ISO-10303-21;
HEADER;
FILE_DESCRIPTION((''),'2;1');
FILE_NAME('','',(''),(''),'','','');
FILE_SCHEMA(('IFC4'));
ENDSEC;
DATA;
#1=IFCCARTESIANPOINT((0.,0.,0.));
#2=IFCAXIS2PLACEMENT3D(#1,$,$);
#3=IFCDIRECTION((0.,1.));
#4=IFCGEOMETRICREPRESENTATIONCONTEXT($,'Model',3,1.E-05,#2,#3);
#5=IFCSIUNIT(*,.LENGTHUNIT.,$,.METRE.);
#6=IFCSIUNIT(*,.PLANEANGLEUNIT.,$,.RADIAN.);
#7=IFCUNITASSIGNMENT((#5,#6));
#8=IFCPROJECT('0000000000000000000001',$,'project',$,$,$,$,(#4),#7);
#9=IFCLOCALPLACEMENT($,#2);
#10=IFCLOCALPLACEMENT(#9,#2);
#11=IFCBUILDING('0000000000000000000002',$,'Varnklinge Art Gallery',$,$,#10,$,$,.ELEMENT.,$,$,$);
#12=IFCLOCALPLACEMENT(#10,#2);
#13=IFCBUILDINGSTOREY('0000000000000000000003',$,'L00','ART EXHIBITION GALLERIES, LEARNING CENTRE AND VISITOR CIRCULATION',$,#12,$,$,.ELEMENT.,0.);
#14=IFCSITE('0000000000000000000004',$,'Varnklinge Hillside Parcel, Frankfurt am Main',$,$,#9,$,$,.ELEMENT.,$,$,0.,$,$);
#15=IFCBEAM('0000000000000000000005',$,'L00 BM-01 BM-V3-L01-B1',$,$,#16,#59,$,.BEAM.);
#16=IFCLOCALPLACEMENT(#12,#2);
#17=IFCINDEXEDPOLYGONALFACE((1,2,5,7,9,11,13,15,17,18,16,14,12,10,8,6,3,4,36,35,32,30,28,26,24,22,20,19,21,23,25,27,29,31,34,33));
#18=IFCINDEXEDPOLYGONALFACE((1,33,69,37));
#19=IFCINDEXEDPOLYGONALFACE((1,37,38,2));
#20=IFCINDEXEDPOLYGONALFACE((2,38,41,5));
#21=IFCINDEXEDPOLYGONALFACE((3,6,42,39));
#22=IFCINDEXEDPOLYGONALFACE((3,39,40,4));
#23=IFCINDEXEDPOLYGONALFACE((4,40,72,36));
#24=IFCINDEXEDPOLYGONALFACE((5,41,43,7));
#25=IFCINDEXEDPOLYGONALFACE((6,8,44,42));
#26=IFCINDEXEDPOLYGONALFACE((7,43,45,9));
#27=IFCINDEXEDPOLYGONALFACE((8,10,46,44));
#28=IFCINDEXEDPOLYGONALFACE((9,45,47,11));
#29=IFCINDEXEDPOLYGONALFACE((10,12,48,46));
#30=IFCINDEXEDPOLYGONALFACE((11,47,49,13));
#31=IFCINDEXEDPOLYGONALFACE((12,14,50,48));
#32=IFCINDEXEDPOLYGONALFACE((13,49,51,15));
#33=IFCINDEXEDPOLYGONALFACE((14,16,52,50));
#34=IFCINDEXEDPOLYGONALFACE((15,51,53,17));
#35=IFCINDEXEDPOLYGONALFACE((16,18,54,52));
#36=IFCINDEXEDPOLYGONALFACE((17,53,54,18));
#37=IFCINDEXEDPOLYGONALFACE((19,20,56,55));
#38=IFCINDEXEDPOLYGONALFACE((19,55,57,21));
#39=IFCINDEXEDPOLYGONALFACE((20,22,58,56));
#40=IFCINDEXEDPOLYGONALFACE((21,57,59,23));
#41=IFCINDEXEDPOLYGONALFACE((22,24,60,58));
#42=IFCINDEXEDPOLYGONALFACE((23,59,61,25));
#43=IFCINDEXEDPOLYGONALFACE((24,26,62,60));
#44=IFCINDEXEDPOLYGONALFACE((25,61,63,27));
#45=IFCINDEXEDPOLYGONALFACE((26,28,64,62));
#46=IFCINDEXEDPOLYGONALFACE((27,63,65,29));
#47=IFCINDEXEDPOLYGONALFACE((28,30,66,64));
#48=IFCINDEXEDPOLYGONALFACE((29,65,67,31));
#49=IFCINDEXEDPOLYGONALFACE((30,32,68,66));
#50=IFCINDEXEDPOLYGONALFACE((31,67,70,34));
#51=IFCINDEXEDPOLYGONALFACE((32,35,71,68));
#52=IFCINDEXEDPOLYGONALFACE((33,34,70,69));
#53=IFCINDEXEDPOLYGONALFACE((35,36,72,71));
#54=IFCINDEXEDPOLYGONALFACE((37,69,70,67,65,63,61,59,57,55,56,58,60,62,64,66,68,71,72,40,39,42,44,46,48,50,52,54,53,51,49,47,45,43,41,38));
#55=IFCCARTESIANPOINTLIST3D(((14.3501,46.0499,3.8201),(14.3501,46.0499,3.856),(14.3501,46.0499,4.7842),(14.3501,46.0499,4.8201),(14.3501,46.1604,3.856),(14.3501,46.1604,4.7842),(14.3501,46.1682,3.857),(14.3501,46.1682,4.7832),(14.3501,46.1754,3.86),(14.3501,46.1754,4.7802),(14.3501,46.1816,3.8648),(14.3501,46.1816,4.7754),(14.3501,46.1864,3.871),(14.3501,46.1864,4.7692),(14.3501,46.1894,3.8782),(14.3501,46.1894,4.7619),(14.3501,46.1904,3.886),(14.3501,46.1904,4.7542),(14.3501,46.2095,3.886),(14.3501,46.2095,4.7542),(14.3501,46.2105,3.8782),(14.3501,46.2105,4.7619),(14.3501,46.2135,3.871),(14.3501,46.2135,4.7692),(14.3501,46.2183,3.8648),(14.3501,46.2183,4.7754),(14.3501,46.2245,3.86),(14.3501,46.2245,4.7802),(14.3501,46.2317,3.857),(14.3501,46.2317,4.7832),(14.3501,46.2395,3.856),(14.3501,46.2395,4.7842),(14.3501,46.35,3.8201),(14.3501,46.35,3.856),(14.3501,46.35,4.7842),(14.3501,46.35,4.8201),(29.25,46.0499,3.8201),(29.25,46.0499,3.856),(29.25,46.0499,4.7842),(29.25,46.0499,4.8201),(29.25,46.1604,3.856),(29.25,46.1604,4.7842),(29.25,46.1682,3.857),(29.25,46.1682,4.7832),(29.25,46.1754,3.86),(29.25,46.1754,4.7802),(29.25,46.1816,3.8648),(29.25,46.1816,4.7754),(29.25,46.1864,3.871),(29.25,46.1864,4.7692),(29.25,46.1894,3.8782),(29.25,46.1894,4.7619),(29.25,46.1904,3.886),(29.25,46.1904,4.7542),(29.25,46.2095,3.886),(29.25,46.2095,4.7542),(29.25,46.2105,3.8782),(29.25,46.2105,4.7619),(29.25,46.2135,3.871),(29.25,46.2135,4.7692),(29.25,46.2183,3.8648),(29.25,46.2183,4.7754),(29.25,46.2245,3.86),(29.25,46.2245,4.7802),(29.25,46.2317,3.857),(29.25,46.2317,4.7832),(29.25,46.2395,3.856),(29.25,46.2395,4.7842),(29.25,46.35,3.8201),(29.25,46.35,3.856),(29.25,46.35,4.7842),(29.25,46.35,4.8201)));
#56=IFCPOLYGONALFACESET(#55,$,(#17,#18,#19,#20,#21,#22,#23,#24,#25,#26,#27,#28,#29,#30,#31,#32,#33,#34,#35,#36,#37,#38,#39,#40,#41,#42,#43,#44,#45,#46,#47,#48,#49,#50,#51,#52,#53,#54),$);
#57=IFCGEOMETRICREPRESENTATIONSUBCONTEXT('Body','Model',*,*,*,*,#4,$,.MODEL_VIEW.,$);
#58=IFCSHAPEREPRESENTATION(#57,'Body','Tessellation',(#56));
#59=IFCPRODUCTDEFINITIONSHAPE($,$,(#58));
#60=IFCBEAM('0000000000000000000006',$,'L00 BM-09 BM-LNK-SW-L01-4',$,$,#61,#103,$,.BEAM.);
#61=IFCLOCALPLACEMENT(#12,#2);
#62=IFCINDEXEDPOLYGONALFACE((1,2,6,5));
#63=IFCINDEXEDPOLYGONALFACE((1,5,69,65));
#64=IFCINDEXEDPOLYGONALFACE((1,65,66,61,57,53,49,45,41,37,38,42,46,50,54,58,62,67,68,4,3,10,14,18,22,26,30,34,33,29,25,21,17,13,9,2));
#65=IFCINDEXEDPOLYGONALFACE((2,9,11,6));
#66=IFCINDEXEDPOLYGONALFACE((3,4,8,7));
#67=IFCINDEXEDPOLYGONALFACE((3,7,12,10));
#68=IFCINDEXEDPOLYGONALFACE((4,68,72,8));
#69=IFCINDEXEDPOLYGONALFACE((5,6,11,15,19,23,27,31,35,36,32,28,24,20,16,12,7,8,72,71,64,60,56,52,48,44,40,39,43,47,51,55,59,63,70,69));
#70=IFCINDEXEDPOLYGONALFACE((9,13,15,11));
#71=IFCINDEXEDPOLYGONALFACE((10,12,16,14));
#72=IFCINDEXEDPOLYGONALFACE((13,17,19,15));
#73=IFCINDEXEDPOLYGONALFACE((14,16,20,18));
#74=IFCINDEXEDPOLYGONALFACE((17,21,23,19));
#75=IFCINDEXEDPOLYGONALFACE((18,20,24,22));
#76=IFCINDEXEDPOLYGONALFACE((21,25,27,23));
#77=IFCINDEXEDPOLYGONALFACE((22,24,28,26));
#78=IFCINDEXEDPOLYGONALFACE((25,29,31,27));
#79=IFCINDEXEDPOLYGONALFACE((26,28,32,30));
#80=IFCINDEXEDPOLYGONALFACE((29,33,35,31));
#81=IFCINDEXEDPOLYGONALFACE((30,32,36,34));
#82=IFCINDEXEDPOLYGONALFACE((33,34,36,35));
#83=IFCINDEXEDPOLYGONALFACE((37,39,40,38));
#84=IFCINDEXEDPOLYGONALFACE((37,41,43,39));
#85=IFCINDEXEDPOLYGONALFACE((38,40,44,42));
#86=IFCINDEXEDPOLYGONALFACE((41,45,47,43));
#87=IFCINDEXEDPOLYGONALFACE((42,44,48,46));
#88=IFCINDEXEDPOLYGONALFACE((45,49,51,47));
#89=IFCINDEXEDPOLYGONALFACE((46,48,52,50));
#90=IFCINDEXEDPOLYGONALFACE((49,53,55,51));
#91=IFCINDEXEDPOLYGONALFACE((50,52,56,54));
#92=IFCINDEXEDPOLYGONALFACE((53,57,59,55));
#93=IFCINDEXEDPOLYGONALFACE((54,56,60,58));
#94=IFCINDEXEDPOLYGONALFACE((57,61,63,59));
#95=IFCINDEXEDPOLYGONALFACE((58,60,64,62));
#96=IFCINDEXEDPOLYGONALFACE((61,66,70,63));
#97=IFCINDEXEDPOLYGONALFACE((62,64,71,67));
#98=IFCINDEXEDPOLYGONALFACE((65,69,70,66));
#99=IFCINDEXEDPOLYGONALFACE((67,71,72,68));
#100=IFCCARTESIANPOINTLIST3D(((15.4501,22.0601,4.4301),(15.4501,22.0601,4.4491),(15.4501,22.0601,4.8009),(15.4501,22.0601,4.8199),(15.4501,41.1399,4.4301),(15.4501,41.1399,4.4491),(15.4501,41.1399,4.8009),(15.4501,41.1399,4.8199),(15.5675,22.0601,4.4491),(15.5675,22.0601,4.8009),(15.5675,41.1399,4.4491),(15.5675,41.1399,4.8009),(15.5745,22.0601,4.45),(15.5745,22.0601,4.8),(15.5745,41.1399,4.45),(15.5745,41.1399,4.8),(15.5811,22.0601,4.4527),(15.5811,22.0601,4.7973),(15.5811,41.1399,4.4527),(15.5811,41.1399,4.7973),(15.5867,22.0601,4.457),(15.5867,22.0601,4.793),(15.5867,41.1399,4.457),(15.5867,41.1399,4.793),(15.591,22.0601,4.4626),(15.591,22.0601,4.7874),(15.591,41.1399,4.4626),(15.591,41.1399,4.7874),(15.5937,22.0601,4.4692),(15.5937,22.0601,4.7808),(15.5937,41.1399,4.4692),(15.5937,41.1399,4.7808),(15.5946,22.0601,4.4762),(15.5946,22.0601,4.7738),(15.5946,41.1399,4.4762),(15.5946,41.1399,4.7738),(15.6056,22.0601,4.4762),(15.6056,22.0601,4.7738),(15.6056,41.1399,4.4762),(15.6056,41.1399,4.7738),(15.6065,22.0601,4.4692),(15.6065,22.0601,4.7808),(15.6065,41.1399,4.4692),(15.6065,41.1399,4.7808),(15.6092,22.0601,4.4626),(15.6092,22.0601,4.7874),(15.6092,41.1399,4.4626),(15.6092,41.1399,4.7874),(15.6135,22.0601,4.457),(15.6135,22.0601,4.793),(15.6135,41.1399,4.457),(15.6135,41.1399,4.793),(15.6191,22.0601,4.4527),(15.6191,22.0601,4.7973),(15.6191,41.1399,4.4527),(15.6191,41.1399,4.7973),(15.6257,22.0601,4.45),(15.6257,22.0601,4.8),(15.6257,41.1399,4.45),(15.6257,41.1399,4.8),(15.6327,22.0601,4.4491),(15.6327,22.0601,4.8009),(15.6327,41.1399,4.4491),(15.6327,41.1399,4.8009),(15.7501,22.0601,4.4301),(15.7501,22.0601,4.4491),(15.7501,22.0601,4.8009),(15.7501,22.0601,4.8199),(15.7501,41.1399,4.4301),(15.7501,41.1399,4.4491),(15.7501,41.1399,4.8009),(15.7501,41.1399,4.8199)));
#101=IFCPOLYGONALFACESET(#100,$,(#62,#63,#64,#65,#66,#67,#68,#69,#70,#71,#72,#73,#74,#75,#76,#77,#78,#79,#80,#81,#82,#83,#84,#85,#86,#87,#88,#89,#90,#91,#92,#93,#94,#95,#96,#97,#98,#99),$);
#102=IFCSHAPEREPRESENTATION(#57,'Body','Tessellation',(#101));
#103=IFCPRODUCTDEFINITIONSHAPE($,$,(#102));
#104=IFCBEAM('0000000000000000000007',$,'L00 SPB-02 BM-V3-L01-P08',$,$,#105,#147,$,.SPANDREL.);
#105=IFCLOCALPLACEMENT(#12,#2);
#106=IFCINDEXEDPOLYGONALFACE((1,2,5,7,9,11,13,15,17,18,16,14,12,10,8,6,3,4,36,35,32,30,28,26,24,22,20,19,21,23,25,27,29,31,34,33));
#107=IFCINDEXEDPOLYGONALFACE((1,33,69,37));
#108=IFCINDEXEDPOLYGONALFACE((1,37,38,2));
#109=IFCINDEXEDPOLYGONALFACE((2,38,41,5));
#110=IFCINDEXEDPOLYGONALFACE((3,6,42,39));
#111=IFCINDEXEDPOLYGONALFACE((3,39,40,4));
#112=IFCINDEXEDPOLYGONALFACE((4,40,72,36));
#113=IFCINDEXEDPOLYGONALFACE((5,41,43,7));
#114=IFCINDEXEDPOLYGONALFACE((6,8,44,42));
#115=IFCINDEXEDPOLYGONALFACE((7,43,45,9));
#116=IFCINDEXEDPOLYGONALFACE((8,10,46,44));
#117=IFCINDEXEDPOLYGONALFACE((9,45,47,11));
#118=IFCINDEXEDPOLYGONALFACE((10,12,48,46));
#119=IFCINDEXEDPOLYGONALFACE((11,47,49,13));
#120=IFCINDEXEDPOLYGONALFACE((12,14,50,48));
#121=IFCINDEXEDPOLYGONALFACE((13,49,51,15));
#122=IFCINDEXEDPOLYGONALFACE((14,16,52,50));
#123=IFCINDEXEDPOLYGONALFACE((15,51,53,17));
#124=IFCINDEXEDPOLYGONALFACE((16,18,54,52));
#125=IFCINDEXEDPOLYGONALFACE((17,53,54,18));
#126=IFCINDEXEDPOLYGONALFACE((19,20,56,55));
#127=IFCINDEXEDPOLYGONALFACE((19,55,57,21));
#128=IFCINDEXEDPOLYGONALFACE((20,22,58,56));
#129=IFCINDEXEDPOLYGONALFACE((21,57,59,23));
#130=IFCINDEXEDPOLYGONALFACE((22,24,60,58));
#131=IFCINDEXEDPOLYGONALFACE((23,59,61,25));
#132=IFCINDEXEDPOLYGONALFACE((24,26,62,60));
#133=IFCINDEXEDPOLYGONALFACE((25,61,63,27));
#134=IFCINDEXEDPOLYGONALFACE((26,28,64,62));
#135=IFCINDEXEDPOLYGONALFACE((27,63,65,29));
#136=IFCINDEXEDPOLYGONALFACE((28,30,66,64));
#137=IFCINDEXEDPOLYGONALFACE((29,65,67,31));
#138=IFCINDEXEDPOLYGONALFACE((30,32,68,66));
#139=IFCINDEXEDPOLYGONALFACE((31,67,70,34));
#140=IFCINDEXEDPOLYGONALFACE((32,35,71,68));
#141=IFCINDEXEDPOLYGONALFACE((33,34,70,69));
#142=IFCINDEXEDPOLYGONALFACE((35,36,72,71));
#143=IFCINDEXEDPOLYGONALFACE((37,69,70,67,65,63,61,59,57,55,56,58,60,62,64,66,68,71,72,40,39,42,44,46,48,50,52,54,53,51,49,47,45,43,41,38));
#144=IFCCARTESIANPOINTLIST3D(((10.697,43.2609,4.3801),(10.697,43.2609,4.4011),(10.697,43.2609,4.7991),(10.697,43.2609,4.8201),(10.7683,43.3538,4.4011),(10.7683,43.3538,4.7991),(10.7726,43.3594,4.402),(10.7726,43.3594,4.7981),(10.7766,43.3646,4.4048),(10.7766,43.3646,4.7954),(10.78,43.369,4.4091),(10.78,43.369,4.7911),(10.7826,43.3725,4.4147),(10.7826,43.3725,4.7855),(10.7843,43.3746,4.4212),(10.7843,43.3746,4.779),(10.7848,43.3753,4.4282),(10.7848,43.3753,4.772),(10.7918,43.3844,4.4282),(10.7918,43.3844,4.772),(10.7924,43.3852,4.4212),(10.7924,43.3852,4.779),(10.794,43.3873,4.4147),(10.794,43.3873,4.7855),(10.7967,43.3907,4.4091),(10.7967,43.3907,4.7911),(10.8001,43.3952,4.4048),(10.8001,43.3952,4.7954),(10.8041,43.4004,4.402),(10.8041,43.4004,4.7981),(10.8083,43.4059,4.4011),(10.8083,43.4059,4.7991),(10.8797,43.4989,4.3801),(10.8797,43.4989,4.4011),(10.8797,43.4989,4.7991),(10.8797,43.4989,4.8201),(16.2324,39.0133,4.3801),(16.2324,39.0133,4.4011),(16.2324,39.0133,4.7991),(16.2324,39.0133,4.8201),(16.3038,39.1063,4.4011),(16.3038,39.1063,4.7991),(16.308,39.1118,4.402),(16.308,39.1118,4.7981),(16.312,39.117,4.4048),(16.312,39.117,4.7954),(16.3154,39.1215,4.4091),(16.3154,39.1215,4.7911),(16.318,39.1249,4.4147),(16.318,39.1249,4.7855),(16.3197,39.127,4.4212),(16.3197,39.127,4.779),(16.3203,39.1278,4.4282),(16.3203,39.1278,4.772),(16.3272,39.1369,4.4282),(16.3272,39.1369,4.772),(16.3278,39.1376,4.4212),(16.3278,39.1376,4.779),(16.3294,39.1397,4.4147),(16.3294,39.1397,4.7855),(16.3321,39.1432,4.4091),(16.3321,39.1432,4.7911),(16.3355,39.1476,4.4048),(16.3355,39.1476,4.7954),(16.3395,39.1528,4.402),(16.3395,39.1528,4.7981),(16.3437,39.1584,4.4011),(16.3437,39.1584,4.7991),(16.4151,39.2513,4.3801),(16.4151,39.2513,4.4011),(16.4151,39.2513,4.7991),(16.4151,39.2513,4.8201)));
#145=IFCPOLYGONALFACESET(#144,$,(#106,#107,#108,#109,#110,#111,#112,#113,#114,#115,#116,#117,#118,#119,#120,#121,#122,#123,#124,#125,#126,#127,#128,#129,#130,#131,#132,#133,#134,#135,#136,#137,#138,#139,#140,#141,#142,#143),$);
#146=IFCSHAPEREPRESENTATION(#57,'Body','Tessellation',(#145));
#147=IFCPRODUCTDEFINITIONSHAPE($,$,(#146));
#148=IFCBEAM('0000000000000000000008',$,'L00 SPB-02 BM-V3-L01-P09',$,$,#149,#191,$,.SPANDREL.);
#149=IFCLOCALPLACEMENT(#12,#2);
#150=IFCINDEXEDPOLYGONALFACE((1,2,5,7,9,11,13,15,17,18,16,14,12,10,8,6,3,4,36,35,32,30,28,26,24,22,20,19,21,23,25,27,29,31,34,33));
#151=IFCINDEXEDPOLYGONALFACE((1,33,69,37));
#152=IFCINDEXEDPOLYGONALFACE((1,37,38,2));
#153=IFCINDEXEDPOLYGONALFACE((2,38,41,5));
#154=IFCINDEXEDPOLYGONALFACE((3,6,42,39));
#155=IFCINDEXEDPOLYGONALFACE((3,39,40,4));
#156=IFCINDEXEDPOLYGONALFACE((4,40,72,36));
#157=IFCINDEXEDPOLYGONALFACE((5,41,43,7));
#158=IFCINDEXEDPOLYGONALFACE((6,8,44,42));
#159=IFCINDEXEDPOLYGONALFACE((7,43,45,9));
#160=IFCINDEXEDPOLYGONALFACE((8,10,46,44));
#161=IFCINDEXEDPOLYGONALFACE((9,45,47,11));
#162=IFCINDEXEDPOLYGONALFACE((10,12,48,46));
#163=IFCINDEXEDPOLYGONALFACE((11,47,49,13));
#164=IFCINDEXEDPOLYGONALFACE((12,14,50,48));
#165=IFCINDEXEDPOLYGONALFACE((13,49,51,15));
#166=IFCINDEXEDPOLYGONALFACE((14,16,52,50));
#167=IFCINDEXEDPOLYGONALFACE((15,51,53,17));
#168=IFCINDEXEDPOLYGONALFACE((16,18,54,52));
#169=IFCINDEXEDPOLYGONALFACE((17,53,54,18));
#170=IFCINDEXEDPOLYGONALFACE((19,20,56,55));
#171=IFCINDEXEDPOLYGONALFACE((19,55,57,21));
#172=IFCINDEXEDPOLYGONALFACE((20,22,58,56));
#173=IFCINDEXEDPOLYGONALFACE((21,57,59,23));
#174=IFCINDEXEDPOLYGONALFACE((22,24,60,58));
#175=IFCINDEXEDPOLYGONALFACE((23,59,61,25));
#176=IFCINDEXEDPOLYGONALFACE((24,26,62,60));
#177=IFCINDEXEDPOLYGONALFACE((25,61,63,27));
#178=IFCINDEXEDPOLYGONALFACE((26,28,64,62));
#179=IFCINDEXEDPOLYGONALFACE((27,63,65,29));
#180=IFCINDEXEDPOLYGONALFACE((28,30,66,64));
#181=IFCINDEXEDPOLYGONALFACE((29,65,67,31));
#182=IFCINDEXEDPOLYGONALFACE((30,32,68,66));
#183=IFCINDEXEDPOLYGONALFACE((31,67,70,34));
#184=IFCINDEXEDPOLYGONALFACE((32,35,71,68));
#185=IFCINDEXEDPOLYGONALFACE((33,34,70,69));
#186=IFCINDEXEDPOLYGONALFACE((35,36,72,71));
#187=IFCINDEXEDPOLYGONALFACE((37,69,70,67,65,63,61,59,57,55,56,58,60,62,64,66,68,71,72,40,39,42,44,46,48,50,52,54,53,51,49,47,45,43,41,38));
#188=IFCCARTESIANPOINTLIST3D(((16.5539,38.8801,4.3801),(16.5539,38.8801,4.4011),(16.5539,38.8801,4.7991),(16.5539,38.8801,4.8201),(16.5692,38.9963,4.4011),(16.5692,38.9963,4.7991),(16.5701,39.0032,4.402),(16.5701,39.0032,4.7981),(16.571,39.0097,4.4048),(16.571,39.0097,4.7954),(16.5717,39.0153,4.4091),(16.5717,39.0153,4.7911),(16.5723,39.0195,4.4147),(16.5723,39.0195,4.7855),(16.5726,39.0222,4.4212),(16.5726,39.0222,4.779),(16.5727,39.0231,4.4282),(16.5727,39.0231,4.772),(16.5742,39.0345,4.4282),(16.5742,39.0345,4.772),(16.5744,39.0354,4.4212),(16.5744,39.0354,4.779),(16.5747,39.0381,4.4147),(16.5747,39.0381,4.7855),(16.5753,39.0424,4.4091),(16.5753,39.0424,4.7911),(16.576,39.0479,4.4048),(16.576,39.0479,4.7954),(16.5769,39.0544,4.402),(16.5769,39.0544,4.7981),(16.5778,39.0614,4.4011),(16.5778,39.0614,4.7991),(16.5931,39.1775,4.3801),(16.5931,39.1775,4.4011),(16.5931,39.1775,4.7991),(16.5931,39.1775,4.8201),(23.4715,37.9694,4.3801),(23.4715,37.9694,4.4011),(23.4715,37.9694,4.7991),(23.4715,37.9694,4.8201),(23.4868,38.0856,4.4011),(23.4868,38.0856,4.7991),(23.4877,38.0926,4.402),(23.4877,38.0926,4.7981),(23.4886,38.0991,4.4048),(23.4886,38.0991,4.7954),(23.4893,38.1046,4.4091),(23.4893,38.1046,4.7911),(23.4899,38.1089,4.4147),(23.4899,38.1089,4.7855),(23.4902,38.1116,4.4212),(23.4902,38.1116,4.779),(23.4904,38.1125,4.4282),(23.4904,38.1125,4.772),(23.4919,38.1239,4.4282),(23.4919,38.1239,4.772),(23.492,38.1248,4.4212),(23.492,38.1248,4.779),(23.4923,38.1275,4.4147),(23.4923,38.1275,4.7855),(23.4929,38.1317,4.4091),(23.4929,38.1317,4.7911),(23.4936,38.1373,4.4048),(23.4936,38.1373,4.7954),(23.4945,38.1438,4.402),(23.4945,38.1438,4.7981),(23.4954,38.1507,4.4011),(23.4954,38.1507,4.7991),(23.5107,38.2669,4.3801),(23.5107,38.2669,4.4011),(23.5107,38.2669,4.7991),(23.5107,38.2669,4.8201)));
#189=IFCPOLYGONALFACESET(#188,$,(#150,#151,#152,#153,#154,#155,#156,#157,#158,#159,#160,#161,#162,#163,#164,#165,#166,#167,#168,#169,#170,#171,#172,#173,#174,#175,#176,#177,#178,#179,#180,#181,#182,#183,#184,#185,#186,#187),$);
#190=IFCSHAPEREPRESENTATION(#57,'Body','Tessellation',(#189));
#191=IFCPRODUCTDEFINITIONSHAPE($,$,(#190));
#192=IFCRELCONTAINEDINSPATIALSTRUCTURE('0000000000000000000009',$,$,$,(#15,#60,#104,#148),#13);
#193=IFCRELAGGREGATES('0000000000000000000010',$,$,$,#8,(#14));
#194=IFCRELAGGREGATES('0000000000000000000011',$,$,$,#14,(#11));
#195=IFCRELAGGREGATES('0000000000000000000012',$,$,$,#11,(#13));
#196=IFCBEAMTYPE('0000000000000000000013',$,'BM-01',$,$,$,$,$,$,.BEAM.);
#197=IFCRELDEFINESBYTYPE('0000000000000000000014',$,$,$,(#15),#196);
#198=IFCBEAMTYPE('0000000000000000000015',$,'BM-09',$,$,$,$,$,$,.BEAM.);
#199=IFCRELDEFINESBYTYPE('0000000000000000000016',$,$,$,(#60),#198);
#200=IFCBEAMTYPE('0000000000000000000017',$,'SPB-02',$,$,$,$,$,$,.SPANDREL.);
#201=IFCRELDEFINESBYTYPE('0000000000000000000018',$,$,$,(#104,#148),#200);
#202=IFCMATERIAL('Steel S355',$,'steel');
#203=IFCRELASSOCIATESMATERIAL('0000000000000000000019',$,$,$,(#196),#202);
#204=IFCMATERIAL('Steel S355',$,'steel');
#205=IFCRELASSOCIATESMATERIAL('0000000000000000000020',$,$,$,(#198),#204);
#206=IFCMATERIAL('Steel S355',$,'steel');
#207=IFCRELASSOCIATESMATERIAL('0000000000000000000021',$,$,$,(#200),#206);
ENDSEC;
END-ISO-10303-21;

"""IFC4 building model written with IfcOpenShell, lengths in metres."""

from ifc_helpers import new_model, si_unit, direction, frame, origin, origin_2d, place, context, subcontext, project, spatial, i_section, extrude, material, material_profile, profile_set, type_object, element, save


model = new_model("IFC4")

# Units and contexts
model_context = context("Model", 3, precision=1e-05, world=origin(), true_north=direction((0.0, 1.0)))
body_context = subcontext(model_context, "Body", "Model", "MODEL_VIEW")
ifc_project = project(units=[si_unit("LENGTHUNIT", "METRE"), si_unit("PLANEANGLEUNIT", "RADIAN")], contexts=[model_context])

# Site, building, storey
site_placement = place(None, origin())
site = spatial("IfcSite", under=ifc_project, at=site_placement, Name="Varnklinge Hillside Parcel, Frankfurt am Main", CompositionType="ELEMENT", RefElevation=0.0)
building_placement = place(site_placement, origin())
building = spatial("IfcBuilding", under=site, at=building_placement, Name="Varnklinge Art Gallery", CompositionType="ELEMENT")
storey_placement = place(building_placement, origin())
storey = spatial("IfcBuildingStorey", under=building, at=storey_placement, Name="L00", Description="ART EXHIBITION GALLERIES, LEARNING CENTRE AND VISITOR CIRCULATION", CompositionType="ELEMENT", Elevation=0.0)

# Beams
ifc_material_1 = material(Name="Steel S355", Category="steel")
ifc_material_profile_1 = material_profile(ifc_material_1, i_section(OverallWidth=0.3, OverallDepth=1.0, WebThickness=0.019, FlangeThickness=0.0359, FilletRadius=0.03, at=origin_2d()), Name="HEB 1000")
ifc_profile_set_1 = profile_set([ifc_material_profile_1], Name="Steel S355")
beam_type_1 = type_object("IfcBeamType", Name="BM-01", PredefinedType="BEAM", material=ifc_profile_set_1)
beam_1_placement = place(storey_placement, frame((14.3501, 46.2, 4.3201), z_axis=(1.0, 0.0, 0.0), x_axis=(0.0, 1.0, 0.0)))
element("IfcBeam", 1, at=beam_1_placement, inside=storey, type_object=beam_type_1, Name="L00 BM-01 BM-V3-L01-B1", PredefinedType="BEAM", context=body_context, shape_type="SweptSolid", body=[
    extrude(i_section(OverallWidth=0.3, OverallDepth=1.0, WebThickness=0.019, FlangeThickness=0.0359, FilletRadius=0.03, at=origin_2d()), origin(), (0.0, 0.0, 1.0), 14.8999),
])
ifc_material_2 = material(Name="Steel S355", Category="steel")
ifc_material_profile_2 = material_profile(ifc_material_2, i_section(OverallWidth=0.3, OverallDepth=0.3899, WebThickness=0.011, FlangeThickness=0.019, FilletRadius=0.0271, at=origin_2d()), Name="HEA 400")
ifc_profile_set_2 = profile_set([ifc_material_profile_2], Name="Steel S355")
beam_type_2 = type_object("IfcBeamType", Name="BM-09", PredefinedType="BEAM", material=ifc_profile_set_2)
beam_2_placement = place(storey_placement, frame((15.6001, 41.1399, 4.625), z_axis=(0.0, -1.0, 0.0), x_axis=(1.0, 0.0, 0.0)))
element("IfcBeam", 2, at=beam_2_placement, inside=storey, type_object=beam_type_2, Name="L00 BM-09 BM-LNK-SW-L01-4", PredefinedType="BEAM", context=body_context, shape_type="SweptSolid", body=[
    extrude(i_section(OverallWidth=0.3, OverallDepth=0.3899, WebThickness=0.011, FlangeThickness=0.019, FilletRadius=0.0271, at=origin_2d()), origin(), (0.0, 0.0, 1.0), 19.0798),
])
ifc_material_3 = material(Name="Steel S355", Category="steel")
ifc_material_profile_3 = material_profile(ifc_material_3, i_section(OverallWidth=0.3, OverallDepth=0.4399, WebThickness=0.0115, FlangeThickness=0.021, FilletRadius=0.0271, at=origin_2d()), Name="HEA 450")
ifc_profile_set_3 = profile_set([ifc_material_profile_3], Name="Steel S355")
beam_type_3 = type_object("IfcBeamType", Name="SPB-02", PredefinedType="SPANDREL", material=ifc_profile_set_3)
for number, where, z_axis, x_axis, name in (
    (3, (10.7883, 43.3799, 4.6001), (0.793347, -0.60877, 0.0), (0.60877, 0.793347, 0.0), "L00 SPB-02 BM-V3-L01-P08"),
    (4, (16.5735, 39.0288, 4.6001), (0.991447, -0.130513, 0.0), (0.130513, 0.991447, 0.0), "L00 SPB-02 BM-V3-L01-P09"),
):
    element("IfcBeam", number, at=place(storey_placement, frame(where, z_axis=z_axis, x_axis=x_axis)), inside=storey, type_object=beam_type_3, Name=name, PredefinedType="SPANDREL", context=body_context, shape_type="SweptSolid", body=[
        extrude(i_section(OverallWidth=0.3, OverallDepth=0.4399, WebThickness=0.0115, FlangeThickness=0.021, FilletRadius=0.0271, at=origin_2d()), origin(), (0.0, 0.0, 1.0), 6.9773),
    ])

save(model, "model.ifc")
